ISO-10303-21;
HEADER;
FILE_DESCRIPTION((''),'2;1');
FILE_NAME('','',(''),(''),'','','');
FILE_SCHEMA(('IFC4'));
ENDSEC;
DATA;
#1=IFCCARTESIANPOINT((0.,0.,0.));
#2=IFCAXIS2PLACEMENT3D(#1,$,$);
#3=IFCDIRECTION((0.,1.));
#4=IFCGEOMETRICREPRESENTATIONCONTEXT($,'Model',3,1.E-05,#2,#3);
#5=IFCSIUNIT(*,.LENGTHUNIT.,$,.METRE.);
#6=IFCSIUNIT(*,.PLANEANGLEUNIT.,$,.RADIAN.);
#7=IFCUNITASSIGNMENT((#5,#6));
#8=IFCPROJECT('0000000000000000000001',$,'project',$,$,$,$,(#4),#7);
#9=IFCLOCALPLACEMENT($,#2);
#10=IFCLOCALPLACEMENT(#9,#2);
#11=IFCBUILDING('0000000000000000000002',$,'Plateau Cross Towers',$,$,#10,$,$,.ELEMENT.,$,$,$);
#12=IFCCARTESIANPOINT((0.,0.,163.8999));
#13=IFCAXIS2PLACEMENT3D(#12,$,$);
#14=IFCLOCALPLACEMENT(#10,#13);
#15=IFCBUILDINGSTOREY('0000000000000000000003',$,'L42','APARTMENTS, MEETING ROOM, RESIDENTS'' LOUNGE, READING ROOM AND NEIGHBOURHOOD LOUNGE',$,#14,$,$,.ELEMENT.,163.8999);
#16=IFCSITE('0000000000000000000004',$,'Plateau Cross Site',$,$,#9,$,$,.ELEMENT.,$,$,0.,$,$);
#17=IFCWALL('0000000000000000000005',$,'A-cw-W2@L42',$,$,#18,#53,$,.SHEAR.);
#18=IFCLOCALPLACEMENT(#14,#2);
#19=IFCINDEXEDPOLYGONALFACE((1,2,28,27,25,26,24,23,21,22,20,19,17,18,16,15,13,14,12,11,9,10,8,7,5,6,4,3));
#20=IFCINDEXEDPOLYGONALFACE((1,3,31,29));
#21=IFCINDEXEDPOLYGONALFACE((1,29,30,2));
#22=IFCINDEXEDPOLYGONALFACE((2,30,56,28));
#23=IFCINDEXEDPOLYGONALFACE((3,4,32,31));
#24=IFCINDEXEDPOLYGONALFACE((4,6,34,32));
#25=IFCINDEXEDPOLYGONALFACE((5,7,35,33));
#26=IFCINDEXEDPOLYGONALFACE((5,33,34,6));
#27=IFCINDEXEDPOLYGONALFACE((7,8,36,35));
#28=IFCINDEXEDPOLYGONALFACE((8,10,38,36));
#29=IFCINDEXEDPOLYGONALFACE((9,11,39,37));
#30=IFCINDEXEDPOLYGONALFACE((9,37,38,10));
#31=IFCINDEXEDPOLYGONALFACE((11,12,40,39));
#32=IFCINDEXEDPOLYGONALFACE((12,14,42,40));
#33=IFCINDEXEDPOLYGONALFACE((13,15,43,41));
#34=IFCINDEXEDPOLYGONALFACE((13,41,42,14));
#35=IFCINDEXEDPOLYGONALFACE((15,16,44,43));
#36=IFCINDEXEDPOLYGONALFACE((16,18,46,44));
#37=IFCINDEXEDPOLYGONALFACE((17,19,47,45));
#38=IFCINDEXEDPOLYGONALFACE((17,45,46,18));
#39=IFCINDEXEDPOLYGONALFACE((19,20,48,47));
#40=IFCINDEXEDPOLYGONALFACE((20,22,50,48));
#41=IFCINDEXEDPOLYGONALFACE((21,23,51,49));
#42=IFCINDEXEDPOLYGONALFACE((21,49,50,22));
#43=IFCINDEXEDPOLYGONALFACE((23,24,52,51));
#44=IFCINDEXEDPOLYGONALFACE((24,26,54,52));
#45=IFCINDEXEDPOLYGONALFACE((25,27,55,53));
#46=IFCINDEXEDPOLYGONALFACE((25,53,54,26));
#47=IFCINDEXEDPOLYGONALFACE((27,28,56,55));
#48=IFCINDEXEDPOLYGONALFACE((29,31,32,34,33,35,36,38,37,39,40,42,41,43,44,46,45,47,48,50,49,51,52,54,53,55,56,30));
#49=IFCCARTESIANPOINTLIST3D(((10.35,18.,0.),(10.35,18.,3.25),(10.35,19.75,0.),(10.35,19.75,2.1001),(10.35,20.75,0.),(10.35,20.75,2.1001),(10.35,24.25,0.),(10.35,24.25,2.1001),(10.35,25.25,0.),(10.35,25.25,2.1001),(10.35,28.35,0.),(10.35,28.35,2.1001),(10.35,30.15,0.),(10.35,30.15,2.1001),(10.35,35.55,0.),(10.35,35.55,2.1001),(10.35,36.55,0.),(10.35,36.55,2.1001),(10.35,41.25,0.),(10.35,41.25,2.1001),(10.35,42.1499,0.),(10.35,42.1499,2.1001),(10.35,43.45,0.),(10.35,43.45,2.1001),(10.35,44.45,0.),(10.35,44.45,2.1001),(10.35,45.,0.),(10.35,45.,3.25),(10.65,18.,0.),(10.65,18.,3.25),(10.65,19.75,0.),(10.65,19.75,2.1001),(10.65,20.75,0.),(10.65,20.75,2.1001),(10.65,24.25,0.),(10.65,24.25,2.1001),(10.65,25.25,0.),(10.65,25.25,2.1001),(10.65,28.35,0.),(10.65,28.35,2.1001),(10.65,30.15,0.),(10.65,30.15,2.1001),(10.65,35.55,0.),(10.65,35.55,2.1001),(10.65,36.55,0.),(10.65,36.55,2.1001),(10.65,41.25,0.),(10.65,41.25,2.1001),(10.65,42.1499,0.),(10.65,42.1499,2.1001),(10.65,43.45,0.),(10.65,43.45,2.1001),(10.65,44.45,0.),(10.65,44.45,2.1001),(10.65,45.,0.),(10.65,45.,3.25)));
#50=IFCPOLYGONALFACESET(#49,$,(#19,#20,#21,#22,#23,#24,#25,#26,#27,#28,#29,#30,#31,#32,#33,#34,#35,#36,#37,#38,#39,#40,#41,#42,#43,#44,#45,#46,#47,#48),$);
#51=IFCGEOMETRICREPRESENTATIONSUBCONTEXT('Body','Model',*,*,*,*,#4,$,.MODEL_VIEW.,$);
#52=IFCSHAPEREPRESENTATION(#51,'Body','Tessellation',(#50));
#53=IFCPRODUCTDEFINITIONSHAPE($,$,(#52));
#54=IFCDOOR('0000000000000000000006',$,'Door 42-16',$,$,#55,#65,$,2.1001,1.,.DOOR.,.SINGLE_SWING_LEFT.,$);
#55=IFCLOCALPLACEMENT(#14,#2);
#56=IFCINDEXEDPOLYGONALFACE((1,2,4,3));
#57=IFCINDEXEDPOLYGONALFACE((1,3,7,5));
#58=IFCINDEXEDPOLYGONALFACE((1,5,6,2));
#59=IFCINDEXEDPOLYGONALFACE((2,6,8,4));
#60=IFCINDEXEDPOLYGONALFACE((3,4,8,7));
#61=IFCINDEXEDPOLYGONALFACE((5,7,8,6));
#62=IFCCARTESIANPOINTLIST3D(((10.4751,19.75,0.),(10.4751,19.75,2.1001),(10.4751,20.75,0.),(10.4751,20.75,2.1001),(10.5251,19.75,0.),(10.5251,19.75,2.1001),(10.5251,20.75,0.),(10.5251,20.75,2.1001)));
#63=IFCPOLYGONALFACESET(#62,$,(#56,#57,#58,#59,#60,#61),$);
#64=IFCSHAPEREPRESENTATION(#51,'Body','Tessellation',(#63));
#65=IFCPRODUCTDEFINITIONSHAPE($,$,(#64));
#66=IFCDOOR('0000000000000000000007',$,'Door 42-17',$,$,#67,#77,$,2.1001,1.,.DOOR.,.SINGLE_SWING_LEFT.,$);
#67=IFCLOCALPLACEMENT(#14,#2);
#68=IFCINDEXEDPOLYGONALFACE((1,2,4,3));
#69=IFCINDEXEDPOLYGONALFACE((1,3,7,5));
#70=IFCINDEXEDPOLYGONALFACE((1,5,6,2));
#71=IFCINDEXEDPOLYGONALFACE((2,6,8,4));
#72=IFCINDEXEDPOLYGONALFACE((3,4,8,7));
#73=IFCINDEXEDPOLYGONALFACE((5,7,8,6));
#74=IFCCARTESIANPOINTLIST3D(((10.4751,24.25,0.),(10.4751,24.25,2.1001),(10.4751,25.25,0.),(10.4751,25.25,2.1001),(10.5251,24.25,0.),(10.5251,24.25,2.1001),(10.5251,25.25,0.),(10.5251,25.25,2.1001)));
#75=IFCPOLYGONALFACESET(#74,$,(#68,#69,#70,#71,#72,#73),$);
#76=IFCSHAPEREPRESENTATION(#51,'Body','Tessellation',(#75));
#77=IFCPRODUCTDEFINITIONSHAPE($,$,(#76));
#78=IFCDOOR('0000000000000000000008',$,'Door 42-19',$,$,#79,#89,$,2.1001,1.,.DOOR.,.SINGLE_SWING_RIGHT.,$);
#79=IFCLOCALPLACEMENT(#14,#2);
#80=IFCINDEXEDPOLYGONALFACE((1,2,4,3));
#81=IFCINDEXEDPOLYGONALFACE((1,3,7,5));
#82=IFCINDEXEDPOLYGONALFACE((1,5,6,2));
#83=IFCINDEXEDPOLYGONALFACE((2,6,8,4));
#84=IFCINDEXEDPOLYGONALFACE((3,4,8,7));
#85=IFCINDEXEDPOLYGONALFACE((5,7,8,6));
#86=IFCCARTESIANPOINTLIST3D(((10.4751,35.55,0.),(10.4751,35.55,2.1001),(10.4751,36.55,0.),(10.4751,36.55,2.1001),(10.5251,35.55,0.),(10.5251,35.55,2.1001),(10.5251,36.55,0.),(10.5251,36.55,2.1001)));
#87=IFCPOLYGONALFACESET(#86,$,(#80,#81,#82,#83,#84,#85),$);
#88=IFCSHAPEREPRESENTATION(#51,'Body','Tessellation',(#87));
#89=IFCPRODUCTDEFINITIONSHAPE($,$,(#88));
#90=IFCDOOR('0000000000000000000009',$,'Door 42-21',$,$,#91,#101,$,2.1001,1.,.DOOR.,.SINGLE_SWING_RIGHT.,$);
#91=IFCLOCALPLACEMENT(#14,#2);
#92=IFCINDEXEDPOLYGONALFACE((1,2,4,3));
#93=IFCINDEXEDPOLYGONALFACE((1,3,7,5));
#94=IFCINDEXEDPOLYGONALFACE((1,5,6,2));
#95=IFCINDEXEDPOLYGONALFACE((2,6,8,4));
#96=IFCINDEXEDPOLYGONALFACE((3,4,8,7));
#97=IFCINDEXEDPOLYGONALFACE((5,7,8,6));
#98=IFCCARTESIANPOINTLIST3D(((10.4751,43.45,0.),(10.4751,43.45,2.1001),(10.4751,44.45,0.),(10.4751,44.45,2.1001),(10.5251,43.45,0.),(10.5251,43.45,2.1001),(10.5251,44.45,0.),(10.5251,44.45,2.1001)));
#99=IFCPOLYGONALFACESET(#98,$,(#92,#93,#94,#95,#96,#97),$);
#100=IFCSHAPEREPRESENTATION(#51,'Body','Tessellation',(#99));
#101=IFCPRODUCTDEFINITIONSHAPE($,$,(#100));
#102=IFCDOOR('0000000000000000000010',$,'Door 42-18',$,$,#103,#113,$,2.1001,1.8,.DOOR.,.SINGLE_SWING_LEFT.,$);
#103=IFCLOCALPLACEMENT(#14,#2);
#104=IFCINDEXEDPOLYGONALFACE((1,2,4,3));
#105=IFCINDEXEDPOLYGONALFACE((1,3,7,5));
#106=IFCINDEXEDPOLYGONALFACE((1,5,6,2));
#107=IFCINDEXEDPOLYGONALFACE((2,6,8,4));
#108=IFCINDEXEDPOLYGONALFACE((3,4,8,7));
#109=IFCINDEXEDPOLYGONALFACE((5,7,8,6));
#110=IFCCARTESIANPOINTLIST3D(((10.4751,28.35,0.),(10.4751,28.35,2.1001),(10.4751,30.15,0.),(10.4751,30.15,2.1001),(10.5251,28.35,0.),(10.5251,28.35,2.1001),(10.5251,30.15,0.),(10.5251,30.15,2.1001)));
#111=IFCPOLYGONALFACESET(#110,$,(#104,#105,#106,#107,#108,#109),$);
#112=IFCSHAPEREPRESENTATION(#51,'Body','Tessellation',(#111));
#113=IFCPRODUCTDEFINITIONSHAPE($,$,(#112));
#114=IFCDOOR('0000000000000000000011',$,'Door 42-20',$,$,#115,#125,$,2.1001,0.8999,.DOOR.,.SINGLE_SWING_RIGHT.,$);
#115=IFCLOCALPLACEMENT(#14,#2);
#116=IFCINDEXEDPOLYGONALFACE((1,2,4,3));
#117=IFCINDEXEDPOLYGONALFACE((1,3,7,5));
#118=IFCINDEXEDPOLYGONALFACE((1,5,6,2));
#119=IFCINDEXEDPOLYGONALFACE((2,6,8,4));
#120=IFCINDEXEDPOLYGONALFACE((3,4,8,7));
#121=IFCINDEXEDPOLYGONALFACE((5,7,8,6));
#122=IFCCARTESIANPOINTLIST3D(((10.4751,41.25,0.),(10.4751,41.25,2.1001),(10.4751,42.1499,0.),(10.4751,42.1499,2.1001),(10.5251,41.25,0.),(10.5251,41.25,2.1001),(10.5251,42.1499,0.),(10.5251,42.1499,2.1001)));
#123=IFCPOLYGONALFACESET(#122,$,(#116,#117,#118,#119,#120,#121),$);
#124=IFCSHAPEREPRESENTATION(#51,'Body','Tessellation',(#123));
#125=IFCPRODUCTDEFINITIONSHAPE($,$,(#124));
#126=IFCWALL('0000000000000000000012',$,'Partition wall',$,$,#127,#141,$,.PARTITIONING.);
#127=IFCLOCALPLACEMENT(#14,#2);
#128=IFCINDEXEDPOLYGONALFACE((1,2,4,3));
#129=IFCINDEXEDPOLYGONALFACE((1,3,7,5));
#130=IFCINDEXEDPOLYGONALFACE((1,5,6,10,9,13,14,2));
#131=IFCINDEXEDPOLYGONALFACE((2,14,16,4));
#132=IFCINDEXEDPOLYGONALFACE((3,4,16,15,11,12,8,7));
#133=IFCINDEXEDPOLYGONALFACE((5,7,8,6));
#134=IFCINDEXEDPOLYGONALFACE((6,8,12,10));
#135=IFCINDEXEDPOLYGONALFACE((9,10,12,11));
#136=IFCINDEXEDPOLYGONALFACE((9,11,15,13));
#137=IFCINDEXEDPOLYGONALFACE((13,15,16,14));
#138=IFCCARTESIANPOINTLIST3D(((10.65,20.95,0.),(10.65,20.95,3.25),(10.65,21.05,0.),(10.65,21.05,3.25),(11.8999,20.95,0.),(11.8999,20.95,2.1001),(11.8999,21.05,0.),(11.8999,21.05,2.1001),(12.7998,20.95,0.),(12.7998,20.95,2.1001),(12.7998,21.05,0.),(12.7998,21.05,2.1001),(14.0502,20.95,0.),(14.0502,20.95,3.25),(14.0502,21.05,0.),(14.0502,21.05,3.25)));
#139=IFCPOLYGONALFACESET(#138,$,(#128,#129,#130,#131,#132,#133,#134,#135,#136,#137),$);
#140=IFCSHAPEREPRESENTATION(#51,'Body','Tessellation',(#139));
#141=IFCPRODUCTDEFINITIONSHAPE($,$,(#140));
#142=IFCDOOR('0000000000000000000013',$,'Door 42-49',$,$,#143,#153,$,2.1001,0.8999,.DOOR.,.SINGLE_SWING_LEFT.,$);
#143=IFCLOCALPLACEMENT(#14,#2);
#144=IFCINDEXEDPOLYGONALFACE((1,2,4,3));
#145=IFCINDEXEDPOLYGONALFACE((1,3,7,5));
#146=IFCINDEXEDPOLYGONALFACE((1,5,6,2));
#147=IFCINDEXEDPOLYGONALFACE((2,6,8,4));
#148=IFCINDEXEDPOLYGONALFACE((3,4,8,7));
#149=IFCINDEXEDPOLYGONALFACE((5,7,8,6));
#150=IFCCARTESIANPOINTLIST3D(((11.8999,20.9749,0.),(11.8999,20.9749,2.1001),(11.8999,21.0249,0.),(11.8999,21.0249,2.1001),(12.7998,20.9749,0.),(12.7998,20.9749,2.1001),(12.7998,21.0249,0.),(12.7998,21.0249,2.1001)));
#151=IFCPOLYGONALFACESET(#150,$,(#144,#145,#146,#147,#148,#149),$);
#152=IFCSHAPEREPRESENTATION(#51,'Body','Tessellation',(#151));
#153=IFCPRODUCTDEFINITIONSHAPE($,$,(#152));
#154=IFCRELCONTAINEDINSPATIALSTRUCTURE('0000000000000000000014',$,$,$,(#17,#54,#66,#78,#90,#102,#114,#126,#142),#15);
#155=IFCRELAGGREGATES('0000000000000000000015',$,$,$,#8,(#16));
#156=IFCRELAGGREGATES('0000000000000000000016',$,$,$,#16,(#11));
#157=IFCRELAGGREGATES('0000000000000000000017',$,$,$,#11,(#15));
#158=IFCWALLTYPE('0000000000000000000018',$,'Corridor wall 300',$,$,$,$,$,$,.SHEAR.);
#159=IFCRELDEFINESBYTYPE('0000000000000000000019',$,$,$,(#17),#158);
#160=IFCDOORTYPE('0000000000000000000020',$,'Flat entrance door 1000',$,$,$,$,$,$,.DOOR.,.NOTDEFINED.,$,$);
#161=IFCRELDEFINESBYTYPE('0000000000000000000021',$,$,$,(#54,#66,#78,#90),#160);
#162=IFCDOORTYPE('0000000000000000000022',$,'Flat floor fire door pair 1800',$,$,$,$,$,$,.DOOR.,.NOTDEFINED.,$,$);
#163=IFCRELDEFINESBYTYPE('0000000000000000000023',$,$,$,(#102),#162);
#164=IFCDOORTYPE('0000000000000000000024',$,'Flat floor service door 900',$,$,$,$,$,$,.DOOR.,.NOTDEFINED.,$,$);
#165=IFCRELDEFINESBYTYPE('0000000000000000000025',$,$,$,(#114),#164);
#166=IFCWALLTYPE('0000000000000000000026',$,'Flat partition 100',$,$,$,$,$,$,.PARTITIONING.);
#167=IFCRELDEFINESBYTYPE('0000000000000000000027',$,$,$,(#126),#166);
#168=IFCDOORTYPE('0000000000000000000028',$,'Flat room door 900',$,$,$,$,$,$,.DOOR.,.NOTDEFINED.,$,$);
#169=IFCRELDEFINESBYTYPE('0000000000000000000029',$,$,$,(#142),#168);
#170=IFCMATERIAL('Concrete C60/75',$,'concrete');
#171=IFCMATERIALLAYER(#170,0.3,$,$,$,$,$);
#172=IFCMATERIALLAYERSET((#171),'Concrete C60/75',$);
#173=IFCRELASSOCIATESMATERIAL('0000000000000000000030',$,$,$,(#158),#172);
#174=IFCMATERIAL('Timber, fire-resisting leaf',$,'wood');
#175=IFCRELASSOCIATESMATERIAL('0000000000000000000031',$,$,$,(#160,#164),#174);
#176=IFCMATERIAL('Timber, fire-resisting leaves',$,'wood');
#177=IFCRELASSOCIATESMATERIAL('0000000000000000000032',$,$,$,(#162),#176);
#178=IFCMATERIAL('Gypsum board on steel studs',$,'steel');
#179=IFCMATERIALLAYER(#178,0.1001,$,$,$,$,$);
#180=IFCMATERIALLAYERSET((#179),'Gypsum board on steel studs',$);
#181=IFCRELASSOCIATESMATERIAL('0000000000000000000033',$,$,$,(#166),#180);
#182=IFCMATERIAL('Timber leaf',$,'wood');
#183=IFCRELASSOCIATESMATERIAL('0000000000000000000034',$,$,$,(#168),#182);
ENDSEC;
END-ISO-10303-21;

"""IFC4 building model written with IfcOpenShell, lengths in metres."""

from ifc_helpers import new_model, si_unit, direction, frame, frame_2d, origin, place, context, subcontext, project, spatial, rectangle, extrude, material, layer, layer_set, type_object, element, fill, save


model = new_model("IFC4")

# Units and contexts
model_context = context("Model", 3, precision=1e-05, world=origin(), true_north=direction((0.0, 1.0)))
body_context = subcontext(model_context, "Body", "Model", "MODEL_VIEW")
ifc_project = project(units=[si_unit("LENGTHUNIT", "METRE"), si_unit("PLANEANGLEUNIT", "RADIAN")], contexts=[model_context])

# Site, building, storey
site_placement = place(None, origin())
site = spatial("IfcSite", under=ifc_project, at=site_placement, Name="Plateau Cross Site", CompositionType="ELEMENT", RefElevation=0.0)
building_placement = place(site_placement, origin())
building = spatial("IfcBuilding", under=site, at=building_placement, Name="Plateau Cross Towers", CompositionType="ELEMENT")
storey_placement = place(building_placement, frame((0.0, 0.0, 163.8999)))
storey = spatial("IfcBuildingStorey", under=building, at=storey_placement, Name="L42", Description="APARTMENTS, MEETING ROOM, RESIDENTS' LOUNGE, READING ROOM AND NEIGHBOURHOOD LOUNGE", CompositionType="ELEMENT", Elevation=163.8999)

# Wall, openings, doors
ifc_material_1 = material(Name="Concrete C60/75", Category="concrete")
ifc_layer_1 = layer(ifc_material_1, 0.3)
ifc_layer_set_1 = layer_set([ifc_layer_1], Name="Concrete C60/75")
wall_type_1 = type_object("IfcWallType", Name="Corridor wall 300", PredefinedType="SHEAR", material=ifc_layer_set_1)
ifc_material_2 = material(Name="Timber, fire-resisting leaf", Category="wood")
door_type_1 = type_object("IfcDoorType", Name="Flat entrance door 1000", OperationType="NOTDEFINED", PredefinedType="DOOR", material=ifc_material_2)
wall_1_placement = place(storey_placement, frame((10.5, 18.0, 0.0), z_axis=(0.0, 0.0, 1.0), x_axis=(0.0, 1.0, 0.0)))
wall_1 = element("IfcWall", 1, at=wall_1_placement, inside=storey, type_object=wall_type_1, Name="A-cw-W2@L42", PredefinedType="SHEAR", context=body_context, shape_type="SweptSolid", body=[
    extrude(rectangle(XDim=27.0, YDim=0.3, at=frame_2d((13.5, 0.0))), origin(), (0.0, 0.0, 1.0), 3.25),
])
opening_1_placement = place(wall_1_placement, frame((1.75, 0.0, 0.0)))
opening_1 = element("IfcOpeningElement", 2, at=opening_1_placement, cuts=wall_1, PredefinedType="OPENING", context=body_context, shape_type="SweptSolid", body=[
    extrude(rectangle(XDim=1.0, YDim=2.1001, at=frame_2d((0.5, 1.05))), frame((0.0, 0.1599, 0.0), z_axis=(0.0, -1.0, 0.0), x_axis=(1.0, 0.0, 0.0)), (0.0, 0.0, 1.0), 0.3201),
])
opening_2_placement = place(wall_1_placement, frame((6.25, 0.0, 0.0)))
opening_2 = element("IfcOpeningElement", 3, at=opening_2_placement, cuts=wall_1, PredefinedType="OPENING", context=body_context, shape_type="SweptSolid", body=[
    extrude(rectangle(XDim=1.0, YDim=2.1001, at=frame_2d((0.5, 1.05))), frame((0.0, 0.1599, 0.0), z_axis=(0.0, -1.0, 0.0), x_axis=(1.0, 0.0, 0.0)), (0.0, 0.0, 1.0), 0.3201),
])
opening_3_placement = place(wall_1_placement, frame((10.3501, 0.0, 0.0)))
opening_3 = element("IfcOpeningElement", 4, at=opening_3_placement, cuts=wall_1, PredefinedType="OPENING", context=body_context, shape_type="SweptSolid", body=[
    extrude(rectangle(XDim=1.8, YDim=2.1001, at=frame_2d((0.8999, 1.05))), frame((0.0, 0.1599, 0.0), z_axis=(0.0, -1.0, 0.0), x_axis=(1.0, 0.0, 0.0)), (0.0, 0.0, 1.0), 0.3201),
])
opening_4_placement = place(wall_1_placement, frame((17.55, 0.0, 0.0)))
opening_4 = element("IfcOpeningElement", 5, at=opening_4_placement, cuts=wall_1, PredefinedType="OPENING", context=body_context, shape_type="SweptSolid", body=[
    extrude(rectangle(XDim=1.0, YDim=2.1001, at=frame_2d((0.5, 1.05))), frame((0.0, 0.1599, 0.0), z_axis=(0.0, -1.0, 0.0), x_axis=(1.0, 0.0, 0.0)), (0.0, 0.0, 1.0), 0.3201),
])
opening_5_placement = place(wall_1_placement, frame((23.25, 0.0, 0.0)))
opening_5 = element("IfcOpeningElement", 6, at=opening_5_placement, cuts=wall_1, PredefinedType="OPENING", context=body_context, shape_type="SweptSolid", body=[
    extrude(rectangle(XDim=0.8999, YDim=2.1001, at=frame_2d((0.45, 1.05))), frame((0.0, 0.1599, 0.0), z_axis=(0.0, -1.0, 0.0), x_axis=(1.0, 0.0, 0.0)), (0.0, 0.0, 1.0), 0.3201),
])
opening_6_placement = place(wall_1_placement, frame((25.45, 0.0, 0.0)))
opening_6 = element("IfcOpeningElement", 7, at=opening_6_placement, cuts=wall_1, PredefinedType="OPENING", context=body_context, shape_type="SweptSolid", body=[
    extrude(rectangle(XDim=1.0, YDim=2.1001, at=frame_2d((0.5, 1.05))), frame((0.0, 0.1599, 0.0), z_axis=(0.0, -1.0, 0.0), x_axis=(1.0, 0.0, 0.0)), (0.0, 0.0, 1.0), 0.3201),
])
door_1_placement = place(opening_1_placement, origin())
door_1 = element("IfcDoor", 8, at=door_1_placement, inside=storey, type_object=door_type_1, Name="Door 42-16", OperationType="SINGLE_SWING_LEFT", OverallHeight=2.1001, OverallWidth=1.0, PredefinedType="DOOR", context=body_context, shape_type="SweptSolid", body=[
    extrude(rectangle(XDim=1.0, YDim=2.1001, at=frame_2d((0.5, 1.05))), frame((0.0, 0.0249, 0.0), z_axis=(0.0, -1.0, 0.0), x_axis=(1.0, 0.0, 0.0)), (0.0, 0.0, 1.0), 0.05),
])
fill(opening_1, door_1)
door_2_placement = place(opening_2_placement, origin())
door_2 = element("IfcDoor", 9, at=door_2_placement, inside=storey, type_object=door_type_1, Name="Door 42-17", OperationType="SINGLE_SWING_LEFT", OverallHeight=2.1001, OverallWidth=1.0, PredefinedType="DOOR", context=body_context, shape_type="SweptSolid", body=[
    extrude(rectangle(XDim=1.0, YDim=2.1001, at=frame_2d((0.5, 1.05))), frame((0.0, 0.0249, 0.0), z_axis=(0.0, -1.0, 0.0), x_axis=(1.0, 0.0, 0.0)), (0.0, 0.0, 1.0), 0.05),
])
fill(opening_2, door_2)
door_3_placement = place(opening_4_placement, origin())
door_3 = element("IfcDoor", 10, at=door_3_placement, inside=storey, type_object=door_type_1, Name="Door 42-19", OperationType="SINGLE_SWING_RIGHT", OverallHeight=2.1001, OverallWidth=1.0, PredefinedType="DOOR", context=body_context, shape_type="SweptSolid", body=[
    extrude(rectangle(XDim=1.0, YDim=2.1001, at=frame_2d((0.5, 1.05))), frame((0.0, 0.0249, 0.0), z_axis=(0.0, -1.0, 0.0), x_axis=(1.0, 0.0, 0.0)), (0.0, 0.0, 1.0), 0.05),
])
fill(opening_4, door_3)
door_4_placement = place(opening_6_placement, origin())
door_4 = element("IfcDoor", 11, at=door_4_placement, inside=storey, type_object=door_type_1, Name="Door 42-21", OperationType="SINGLE_SWING_RIGHT", OverallHeight=2.1001, OverallWidth=1.0, PredefinedType="DOOR", context=body_context, shape_type="SweptSolid", body=[
    extrude(rectangle(XDim=1.0, YDim=2.1001, at=frame_2d((0.5, 1.05))), frame((0.0, 0.0249, 0.0), z_axis=(0.0, -1.0, 0.0), x_axis=(1.0, 0.0, 0.0)), (0.0, 0.0, 1.0), 0.05),
])
fill(opening_6, door_4)
ifc_material_3 = material(Name="Timber, fire-resisting leaves", Category="wood")
door_type_2 = type_object("IfcDoorType", Name="Flat floor fire door pair 1800", OperationType="NOTDEFINED", PredefinedType="DOOR", material=ifc_material_3)
door_5_placement = place(opening_3_placement, origin())
door_5 = element("IfcDoor", 12, at=door_5_placement, inside=storey, type_object=door_type_2, Name="Door 42-18", OperationType="SINGLE_SWING_LEFT", OverallHeight=2.1001, OverallWidth=1.8, PredefinedType="DOOR", context=body_context, shape_type="SweptSolid", body=[
    extrude(rectangle(XDim=1.8, YDim=2.1001, at=frame_2d((0.8999, 1.05))), frame((0.0, 0.0249, 0.0), z_axis=(0.0, -1.0, 0.0), x_axis=(1.0, 0.0, 0.0)), (0.0, 0.0, 1.0), 0.05),
])
fill(opening_3, door_5)
door_type_3 = type_object("IfcDoorType", Name="Flat floor service door 900", OperationType="NOTDEFINED", PredefinedType="DOOR", material=ifc_material_2)
door_6_placement = place(opening_5_placement, origin())
door_6 = element("IfcDoor", 13, at=door_6_placement, inside=storey, type_object=door_type_3, Name="Door 42-20", OperationType="SINGLE_SWING_RIGHT", OverallHeight=2.1001, OverallWidth=0.8999, PredefinedType="DOOR", context=body_context, shape_type="SweptSolid", body=[
    extrude(rectangle(XDim=0.8999, YDim=2.1001, at=frame_2d((0.45, 1.05))), frame((0.0, 0.0249, 0.0), z_axis=(0.0, -1.0, 0.0), x_axis=(1.0, 0.0, 0.0)), (0.0, 0.0, 1.0), 0.05),
])
fill(opening_5, door_6)

# Wall, opening, door
ifc_material_4 = material(Name="Gypsum board on steel studs", Category="steel")
ifc_layer_2 = layer(ifc_material_4, 0.1001)
ifc_layer_set_2 = layer_set([ifc_layer_2], Name="Gypsum board on steel studs")
wall_type_2 = type_object("IfcWallType", Name="Flat partition 100", PredefinedType="PARTITIONING", material=ifc_layer_set_2)
wall_2_placement = place(storey_placement, frame((10.6499, 21.0, 0.0), z_axis=(0.0, 0.0, 1.0), x_axis=(1.0, 0.0, 0.0)))
wall_2 = element("IfcWall", 14, at=wall_2_placement, inside=storey, type_object=wall_type_2, Name="Partition wall", PredefinedType="PARTITIONING", context=body_context, shape_type="SweptSolid", body=[
    extrude(rectangle(XDim=3.4001, YDim=0.1001, at=frame_2d((1.7002, 0.0))), origin(), (0.0, 0.0, 1.0), 3.25),
])
opening_7_placement = place(wall_2_placement, frame((1.25, 0.0, 0.0)))
opening_7 = element("IfcOpeningElement", 15, at=opening_7_placement, cuts=wall_2, PredefinedType="OPENING", context=body_context, shape_type="SweptSolid", body=[
    extrude(rectangle(XDim=0.8999, YDim=2.1001, at=frame_2d((0.45, 1.05))), frame((0.0, 0.0601, 0.0), z_axis=(0.0, -1.0, 0.0), x_axis=(1.0, 0.0, 0.0)), (0.0, 0.0, 1.0), 0.1201),
])
ifc_material_5 = material(Name="Timber leaf", Category="wood")
door_type_4 = type_object("IfcDoorType", Name="Flat room door 900", OperationType="NOTDEFINED", PredefinedType="DOOR", material=ifc_material_5)
door_7_placement = place(opening_7_placement, origin())
door_7 = element("IfcDoor", 16, at=door_7_placement, inside=storey, type_object=door_type_4, Name="Door 42-49", OperationType="SINGLE_SWING_LEFT", OverallHeight=2.1001, OverallWidth=0.8999, PredefinedType="DOOR", context=body_context, shape_type="SweptSolid", body=[
    extrude(rectangle(XDim=0.8999, YDim=2.1001, at=frame_2d((0.45, 1.05))), frame((0.0, 0.0249, 0.0), z_axis=(0.0, -1.0, 0.0), x_axis=(1.0, 0.0, 0.0)), (0.0, 0.0, 1.0), 0.05),
])
fill(opening_7, door_7)

save(model, "model.ifc")
